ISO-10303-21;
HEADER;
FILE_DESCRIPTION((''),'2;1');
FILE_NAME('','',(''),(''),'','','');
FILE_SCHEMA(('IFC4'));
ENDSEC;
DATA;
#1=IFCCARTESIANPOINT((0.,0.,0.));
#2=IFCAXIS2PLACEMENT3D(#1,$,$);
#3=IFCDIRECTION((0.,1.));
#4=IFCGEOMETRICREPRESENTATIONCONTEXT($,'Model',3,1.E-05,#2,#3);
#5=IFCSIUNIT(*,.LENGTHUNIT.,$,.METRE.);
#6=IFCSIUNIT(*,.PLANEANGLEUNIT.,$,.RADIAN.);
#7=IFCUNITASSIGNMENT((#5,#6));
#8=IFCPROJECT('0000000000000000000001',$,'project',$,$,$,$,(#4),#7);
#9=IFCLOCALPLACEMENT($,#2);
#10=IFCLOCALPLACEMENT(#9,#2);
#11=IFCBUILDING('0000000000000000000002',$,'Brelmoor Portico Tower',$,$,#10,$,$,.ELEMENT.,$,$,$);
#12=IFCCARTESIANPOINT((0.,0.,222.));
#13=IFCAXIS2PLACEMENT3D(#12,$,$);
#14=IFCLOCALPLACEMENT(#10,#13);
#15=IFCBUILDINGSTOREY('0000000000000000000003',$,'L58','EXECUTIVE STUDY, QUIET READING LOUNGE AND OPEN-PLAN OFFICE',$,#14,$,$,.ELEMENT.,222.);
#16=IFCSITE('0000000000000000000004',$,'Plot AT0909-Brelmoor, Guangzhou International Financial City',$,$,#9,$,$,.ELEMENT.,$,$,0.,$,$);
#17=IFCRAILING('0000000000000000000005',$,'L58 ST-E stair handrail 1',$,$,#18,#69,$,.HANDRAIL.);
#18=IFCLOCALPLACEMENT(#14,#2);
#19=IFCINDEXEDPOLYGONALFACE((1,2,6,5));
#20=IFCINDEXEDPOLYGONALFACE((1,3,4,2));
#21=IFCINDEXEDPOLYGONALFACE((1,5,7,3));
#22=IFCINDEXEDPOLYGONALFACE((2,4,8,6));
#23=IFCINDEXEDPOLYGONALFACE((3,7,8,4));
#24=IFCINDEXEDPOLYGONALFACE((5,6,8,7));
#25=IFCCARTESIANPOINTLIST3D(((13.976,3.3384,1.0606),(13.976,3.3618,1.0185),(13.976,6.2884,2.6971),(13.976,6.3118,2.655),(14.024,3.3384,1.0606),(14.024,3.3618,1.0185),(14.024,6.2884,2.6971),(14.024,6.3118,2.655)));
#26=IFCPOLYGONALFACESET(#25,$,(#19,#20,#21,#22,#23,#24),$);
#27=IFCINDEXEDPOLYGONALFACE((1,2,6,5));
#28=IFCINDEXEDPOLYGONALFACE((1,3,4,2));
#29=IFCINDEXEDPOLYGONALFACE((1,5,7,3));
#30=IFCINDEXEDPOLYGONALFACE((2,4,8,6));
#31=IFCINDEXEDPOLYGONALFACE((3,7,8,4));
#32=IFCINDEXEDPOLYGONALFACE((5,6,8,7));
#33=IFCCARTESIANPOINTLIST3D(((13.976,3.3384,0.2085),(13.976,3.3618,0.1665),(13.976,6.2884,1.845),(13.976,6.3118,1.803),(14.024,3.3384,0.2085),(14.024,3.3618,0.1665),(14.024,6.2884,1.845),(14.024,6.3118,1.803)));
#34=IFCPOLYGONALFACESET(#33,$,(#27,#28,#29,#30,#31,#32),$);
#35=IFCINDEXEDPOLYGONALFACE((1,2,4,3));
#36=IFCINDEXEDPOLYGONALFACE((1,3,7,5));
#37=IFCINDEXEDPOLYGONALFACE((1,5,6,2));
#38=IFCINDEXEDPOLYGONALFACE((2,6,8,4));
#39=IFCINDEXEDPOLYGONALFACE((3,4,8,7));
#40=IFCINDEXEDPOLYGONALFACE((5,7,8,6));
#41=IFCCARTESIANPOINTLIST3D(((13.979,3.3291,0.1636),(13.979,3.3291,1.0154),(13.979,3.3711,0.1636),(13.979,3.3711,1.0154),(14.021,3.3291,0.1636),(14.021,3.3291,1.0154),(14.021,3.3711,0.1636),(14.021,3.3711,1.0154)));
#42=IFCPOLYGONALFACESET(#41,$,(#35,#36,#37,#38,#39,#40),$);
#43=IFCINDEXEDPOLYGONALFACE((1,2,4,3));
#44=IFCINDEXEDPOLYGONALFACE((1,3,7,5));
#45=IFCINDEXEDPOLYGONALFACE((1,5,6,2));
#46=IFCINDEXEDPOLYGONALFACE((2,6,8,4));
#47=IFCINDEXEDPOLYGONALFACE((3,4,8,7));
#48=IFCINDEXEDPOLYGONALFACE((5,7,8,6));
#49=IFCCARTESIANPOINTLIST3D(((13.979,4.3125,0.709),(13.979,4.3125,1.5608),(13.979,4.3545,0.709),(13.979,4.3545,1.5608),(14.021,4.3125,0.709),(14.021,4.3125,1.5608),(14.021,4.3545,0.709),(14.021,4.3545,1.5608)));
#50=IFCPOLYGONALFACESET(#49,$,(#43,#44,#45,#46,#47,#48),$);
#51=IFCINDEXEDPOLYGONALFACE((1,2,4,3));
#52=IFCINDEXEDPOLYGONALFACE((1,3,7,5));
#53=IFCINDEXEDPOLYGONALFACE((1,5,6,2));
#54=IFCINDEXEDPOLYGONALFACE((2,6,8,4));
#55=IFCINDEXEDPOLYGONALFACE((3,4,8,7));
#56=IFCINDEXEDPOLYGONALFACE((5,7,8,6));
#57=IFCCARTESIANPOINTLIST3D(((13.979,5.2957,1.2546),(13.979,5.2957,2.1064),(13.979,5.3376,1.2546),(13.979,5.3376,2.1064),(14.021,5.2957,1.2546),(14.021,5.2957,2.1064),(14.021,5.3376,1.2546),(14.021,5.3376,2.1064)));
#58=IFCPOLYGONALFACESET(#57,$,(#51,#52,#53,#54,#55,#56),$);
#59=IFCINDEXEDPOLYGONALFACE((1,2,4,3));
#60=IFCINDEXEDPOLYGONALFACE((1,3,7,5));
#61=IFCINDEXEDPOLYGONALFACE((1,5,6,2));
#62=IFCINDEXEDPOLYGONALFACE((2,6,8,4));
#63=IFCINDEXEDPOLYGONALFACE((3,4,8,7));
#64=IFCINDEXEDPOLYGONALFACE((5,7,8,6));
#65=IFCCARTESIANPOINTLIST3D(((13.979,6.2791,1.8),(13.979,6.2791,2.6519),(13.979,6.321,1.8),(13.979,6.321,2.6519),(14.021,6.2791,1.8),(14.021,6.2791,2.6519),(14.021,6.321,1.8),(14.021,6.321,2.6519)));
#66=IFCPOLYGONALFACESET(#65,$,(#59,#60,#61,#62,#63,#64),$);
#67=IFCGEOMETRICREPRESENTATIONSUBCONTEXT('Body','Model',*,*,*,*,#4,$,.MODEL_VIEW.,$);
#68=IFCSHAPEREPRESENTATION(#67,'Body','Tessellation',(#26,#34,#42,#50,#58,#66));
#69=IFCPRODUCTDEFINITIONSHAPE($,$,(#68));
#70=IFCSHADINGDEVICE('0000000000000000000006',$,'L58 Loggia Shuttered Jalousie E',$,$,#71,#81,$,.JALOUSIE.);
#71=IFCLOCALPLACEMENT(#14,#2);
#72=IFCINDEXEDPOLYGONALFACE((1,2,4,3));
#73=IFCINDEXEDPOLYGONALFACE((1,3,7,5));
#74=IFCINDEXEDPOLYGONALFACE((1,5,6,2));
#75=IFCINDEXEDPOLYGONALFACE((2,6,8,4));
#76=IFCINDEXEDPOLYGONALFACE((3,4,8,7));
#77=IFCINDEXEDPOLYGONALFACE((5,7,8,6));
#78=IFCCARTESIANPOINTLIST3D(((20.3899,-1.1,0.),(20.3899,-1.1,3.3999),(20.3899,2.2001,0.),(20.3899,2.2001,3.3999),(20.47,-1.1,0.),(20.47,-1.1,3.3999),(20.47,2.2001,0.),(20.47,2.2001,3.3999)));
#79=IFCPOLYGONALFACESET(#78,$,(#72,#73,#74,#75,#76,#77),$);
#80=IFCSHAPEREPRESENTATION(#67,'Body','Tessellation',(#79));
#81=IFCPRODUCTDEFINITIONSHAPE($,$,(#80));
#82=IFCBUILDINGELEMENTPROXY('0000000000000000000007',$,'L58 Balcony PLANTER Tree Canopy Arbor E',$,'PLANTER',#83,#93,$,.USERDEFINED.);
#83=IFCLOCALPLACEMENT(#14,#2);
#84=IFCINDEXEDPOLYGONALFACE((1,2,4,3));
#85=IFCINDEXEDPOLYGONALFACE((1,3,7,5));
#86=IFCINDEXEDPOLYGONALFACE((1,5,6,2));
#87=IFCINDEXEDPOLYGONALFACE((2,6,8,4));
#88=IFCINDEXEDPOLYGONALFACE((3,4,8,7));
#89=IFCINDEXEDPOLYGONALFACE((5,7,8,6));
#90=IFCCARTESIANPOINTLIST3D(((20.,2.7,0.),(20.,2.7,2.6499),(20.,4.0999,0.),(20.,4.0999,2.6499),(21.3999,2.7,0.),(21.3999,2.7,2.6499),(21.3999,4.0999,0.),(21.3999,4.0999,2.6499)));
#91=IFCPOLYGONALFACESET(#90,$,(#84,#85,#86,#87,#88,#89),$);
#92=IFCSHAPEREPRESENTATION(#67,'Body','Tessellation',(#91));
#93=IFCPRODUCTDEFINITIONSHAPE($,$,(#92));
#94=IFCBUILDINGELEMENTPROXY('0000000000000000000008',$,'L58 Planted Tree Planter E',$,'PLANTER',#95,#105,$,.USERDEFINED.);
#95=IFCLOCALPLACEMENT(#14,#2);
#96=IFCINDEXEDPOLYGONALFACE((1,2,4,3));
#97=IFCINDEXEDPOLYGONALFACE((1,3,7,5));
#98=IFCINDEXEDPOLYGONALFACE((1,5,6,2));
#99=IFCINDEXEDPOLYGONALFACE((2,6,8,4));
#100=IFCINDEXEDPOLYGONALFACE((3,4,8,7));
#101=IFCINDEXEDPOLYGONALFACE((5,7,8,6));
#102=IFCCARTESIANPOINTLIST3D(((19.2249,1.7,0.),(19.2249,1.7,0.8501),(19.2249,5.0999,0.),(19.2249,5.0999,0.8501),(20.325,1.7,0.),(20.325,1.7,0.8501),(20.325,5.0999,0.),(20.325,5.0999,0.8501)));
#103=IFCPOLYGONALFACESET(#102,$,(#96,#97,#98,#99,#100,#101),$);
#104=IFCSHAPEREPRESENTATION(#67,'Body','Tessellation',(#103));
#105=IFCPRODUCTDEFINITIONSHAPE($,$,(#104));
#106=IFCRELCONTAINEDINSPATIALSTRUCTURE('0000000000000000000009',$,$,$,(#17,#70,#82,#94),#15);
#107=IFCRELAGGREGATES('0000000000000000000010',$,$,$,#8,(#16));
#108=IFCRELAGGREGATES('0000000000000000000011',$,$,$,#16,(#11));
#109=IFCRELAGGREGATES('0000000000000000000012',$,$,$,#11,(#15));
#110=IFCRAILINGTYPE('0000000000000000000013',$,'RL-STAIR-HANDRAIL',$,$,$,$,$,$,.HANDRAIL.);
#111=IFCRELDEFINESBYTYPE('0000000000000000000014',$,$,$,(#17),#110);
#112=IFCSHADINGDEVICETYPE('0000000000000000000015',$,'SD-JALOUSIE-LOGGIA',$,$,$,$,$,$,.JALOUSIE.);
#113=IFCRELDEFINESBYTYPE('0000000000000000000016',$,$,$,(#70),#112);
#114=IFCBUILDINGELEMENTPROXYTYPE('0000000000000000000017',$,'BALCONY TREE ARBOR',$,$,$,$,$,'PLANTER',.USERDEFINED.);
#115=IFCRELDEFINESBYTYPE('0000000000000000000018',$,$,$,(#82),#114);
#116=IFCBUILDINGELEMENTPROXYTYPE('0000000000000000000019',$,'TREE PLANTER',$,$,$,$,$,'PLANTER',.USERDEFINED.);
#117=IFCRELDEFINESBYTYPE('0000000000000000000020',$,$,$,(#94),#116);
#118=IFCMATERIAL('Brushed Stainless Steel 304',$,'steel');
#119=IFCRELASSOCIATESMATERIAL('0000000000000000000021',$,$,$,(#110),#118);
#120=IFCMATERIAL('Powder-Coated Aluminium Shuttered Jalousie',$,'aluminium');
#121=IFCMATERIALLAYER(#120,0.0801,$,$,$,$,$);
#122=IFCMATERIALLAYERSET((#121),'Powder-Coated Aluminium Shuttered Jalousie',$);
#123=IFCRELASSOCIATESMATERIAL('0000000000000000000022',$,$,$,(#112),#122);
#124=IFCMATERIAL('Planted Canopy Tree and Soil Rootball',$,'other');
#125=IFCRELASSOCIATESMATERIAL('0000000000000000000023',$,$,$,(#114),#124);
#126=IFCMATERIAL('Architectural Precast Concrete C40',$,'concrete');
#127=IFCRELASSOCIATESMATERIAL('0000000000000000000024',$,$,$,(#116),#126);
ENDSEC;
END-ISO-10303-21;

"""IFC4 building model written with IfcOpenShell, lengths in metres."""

from ifc_helpers import new_model, si_unit, direction, frame, origin, origin_2d, place, context, subcontext, project, spatial, rectangle, extrude, material, layer, layer_set, type_object, element, save


model = new_model("IFC4")

# Units and contexts
model_context = context("Model", 3, precision=1e-05, world=origin(), true_north=direction((0.0, 1.0)))
body_context = subcontext(model_context, "Body", "Model", "MODEL_VIEW")
ifc_project = project(units=[si_unit("LENGTHUNIT", "METRE"), si_unit("PLANEANGLEUNIT", "RADIAN")], contexts=[model_context])

# Site, building, storey
site_placement = place(None, origin())
site = spatial("IfcSite", under=ifc_project, at=site_placement, Name="Plot AT0909-Brelmoor, Guangzhou International Financial City", CompositionType="ELEMENT", RefElevation=0.0)
building_placement = place(site_placement, origin())
building = spatial("IfcBuilding", under=site, at=building_placement, Name="Brelmoor Portico Tower", CompositionType="ELEMENT")
storey_placement = place(building_placement, frame((0.0, 0.0, 222.0)))
storey = spatial("IfcBuildingStorey", under=building, at=storey_placement, Name="L58", Description="EXECUTIVE STUDY, QUIET READING LOUNGE AND OPEN-PLAN OFFICE", CompositionType="ELEMENT", Elevation=222.0)

# Railing
ifc_material_1 = material(Name="Brushed Stainless Steel 304", Category="steel")
railing_type = type_object("IfcRailingType", Name="RL-STAIR-HANDRAIL", PredefinedType="HANDRAIL", material=ifc_material_1)
railing_placement = place(storey_placement, frame((14.0, 3.3501, 0.1636)))
element("IfcRailing", 1, at=railing_placement, inside=storey, type_object=railing_type, Name="L58 ST-E stair handrail 1", PredefinedType="HANDRAIL", context=body_context, shape_type="SweptSolid", body=[
    extrude(rectangle(XDim=0.0481, YDim=0.0481, at=origin_2d()), frame((0.0, 0.0, 0.876), z_axis=(0.0, 0.874458, 0.485102), x_axis=(-1.0, 0.0, 0.0)), (0.0, 0.0, 1.0), 3.3735),
    extrude(rectangle(XDim=0.0481, YDim=0.0481, at=origin_2d()), frame((0.0, 0.0, 0.0239), z_axis=(0.0, 0.874458, 0.485102), x_axis=(-1.0, 0.0, 0.0)), (0.0, 0.0, 1.0), 3.3735),
    extrude(rectangle(XDim=0.042, YDim=0.042, at=origin_2d()), origin(), (0.0, 0.0, 1.0), 0.8518),
    extrude(rectangle(XDim=0.042, YDim=0.042, at=origin_2d()), frame((0.0, 0.9834, 0.5454)), (0.0, 0.0, 1.0), 0.8518),
    extrude(rectangle(XDim=0.042, YDim=0.042, at=origin_2d()), frame((0.0, 1.9666, 1.0911)), (0.0, 0.0, 1.0), 0.8518),
    extrude(rectangle(XDim=0.042, YDim=0.042, at=origin_2d()), frame((0.0, 2.95, 1.6365)), (0.0, 0.0, 1.0), 0.8518),
])

# Shading device
ifc_material_2 = material(Name="Powder-Coated Aluminium Shuttered Jalousie", Category="aluminium")
ifc_layer_1 = layer(ifc_material_2, 0.0801)
ifc_layer_set_1 = layer_set([ifc_layer_1], Name="Powder-Coated Aluminium Shuttered Jalousie")
shading_device_type = type_object("IfcShadingDeviceType", Name="SD-JALOUSIE-LOGGIA", PredefinedType="JALOUSIE", material=ifc_layer_set_1)
shading_device_placement = place(storey_placement, frame((20.4299, 0.55, 0.0), z_axis=(0.0, 0.0, 1.0), x_axis=(0.0, 1.0, 0.0)))
element("IfcShadingDevice", 2, at=shading_device_placement, inside=storey, type_object=shading_device_type, Name="L58 Loggia Shuttered Jalousie E", PredefinedType="JALOUSIE", context=body_context, shape_type="SweptSolid", body=[
    extrude(rectangle(XDim=3.3, YDim=0.0801, at=origin_2d()), origin(), (0.0, 0.0, 1.0), 3.3999),
])

# Building element proxies
ifc_material_3 = material(Name="Planted Canopy Tree and Soil Rootball", Category="other")
building_element_proxy_type_1 = type_object("IfcBuildingElementProxyType", Name="BALCONY TREE ARBOR", ElementType="PLANTER", PredefinedType="USERDEFINED", material=ifc_material_3)
proxy_1_placement = place(storey_placement, frame((20.7, 3.3999, 0.0), z_axis=(0.0, 0.0, 1.0), x_axis=(1.0, 0.0, 0.0)))
element("IfcBuildingElementProxy", 3, at=proxy_1_placement, inside=storey, type_object=building_element_proxy_type_1, Name="L58 Balcony PLANTER Tree Canopy Arbor E", ObjectType="PLANTER", PredefinedType="USERDEFINED", context=body_context, shape_type="SweptSolid", body=[
    extrude(rectangle(XDim=1.3999, YDim=1.3999, at=origin_2d()), origin(), (0.0, 0.0, 1.0), 2.6499),
])
ifc_material_4 = material(Name="Architectural Precast Concrete C40", Category="concrete")
building_element_proxy_type_2 = type_object("IfcBuildingElementProxyType", Name="TREE PLANTER", ElementType="PLANTER", PredefinedType="USERDEFINED", material=ifc_material_4)
proxy_2_placement = place(storey_placement, frame((19.7749, 3.3999, 0.0), z_axis=(0.0, 0.0, 1.0), x_axis=(0.0, 1.0, 0.0)))
element("IfcBuildingElementProxy", 4, at=proxy_2_placement, inside=storey, type_object=building_element_proxy_type_2, Name="L58 Planted Tree Planter E", ObjectType="PLANTER", PredefinedType="USERDEFINED", context=body_context, shape_type="SweptSolid", body=[
    extrude(rectangle(XDim=3.3999, YDim=1.1001, at=origin_2d()), origin(), (0.0, 0.0, 1.0), 0.8501),
])

save(model, "model.ifc")
